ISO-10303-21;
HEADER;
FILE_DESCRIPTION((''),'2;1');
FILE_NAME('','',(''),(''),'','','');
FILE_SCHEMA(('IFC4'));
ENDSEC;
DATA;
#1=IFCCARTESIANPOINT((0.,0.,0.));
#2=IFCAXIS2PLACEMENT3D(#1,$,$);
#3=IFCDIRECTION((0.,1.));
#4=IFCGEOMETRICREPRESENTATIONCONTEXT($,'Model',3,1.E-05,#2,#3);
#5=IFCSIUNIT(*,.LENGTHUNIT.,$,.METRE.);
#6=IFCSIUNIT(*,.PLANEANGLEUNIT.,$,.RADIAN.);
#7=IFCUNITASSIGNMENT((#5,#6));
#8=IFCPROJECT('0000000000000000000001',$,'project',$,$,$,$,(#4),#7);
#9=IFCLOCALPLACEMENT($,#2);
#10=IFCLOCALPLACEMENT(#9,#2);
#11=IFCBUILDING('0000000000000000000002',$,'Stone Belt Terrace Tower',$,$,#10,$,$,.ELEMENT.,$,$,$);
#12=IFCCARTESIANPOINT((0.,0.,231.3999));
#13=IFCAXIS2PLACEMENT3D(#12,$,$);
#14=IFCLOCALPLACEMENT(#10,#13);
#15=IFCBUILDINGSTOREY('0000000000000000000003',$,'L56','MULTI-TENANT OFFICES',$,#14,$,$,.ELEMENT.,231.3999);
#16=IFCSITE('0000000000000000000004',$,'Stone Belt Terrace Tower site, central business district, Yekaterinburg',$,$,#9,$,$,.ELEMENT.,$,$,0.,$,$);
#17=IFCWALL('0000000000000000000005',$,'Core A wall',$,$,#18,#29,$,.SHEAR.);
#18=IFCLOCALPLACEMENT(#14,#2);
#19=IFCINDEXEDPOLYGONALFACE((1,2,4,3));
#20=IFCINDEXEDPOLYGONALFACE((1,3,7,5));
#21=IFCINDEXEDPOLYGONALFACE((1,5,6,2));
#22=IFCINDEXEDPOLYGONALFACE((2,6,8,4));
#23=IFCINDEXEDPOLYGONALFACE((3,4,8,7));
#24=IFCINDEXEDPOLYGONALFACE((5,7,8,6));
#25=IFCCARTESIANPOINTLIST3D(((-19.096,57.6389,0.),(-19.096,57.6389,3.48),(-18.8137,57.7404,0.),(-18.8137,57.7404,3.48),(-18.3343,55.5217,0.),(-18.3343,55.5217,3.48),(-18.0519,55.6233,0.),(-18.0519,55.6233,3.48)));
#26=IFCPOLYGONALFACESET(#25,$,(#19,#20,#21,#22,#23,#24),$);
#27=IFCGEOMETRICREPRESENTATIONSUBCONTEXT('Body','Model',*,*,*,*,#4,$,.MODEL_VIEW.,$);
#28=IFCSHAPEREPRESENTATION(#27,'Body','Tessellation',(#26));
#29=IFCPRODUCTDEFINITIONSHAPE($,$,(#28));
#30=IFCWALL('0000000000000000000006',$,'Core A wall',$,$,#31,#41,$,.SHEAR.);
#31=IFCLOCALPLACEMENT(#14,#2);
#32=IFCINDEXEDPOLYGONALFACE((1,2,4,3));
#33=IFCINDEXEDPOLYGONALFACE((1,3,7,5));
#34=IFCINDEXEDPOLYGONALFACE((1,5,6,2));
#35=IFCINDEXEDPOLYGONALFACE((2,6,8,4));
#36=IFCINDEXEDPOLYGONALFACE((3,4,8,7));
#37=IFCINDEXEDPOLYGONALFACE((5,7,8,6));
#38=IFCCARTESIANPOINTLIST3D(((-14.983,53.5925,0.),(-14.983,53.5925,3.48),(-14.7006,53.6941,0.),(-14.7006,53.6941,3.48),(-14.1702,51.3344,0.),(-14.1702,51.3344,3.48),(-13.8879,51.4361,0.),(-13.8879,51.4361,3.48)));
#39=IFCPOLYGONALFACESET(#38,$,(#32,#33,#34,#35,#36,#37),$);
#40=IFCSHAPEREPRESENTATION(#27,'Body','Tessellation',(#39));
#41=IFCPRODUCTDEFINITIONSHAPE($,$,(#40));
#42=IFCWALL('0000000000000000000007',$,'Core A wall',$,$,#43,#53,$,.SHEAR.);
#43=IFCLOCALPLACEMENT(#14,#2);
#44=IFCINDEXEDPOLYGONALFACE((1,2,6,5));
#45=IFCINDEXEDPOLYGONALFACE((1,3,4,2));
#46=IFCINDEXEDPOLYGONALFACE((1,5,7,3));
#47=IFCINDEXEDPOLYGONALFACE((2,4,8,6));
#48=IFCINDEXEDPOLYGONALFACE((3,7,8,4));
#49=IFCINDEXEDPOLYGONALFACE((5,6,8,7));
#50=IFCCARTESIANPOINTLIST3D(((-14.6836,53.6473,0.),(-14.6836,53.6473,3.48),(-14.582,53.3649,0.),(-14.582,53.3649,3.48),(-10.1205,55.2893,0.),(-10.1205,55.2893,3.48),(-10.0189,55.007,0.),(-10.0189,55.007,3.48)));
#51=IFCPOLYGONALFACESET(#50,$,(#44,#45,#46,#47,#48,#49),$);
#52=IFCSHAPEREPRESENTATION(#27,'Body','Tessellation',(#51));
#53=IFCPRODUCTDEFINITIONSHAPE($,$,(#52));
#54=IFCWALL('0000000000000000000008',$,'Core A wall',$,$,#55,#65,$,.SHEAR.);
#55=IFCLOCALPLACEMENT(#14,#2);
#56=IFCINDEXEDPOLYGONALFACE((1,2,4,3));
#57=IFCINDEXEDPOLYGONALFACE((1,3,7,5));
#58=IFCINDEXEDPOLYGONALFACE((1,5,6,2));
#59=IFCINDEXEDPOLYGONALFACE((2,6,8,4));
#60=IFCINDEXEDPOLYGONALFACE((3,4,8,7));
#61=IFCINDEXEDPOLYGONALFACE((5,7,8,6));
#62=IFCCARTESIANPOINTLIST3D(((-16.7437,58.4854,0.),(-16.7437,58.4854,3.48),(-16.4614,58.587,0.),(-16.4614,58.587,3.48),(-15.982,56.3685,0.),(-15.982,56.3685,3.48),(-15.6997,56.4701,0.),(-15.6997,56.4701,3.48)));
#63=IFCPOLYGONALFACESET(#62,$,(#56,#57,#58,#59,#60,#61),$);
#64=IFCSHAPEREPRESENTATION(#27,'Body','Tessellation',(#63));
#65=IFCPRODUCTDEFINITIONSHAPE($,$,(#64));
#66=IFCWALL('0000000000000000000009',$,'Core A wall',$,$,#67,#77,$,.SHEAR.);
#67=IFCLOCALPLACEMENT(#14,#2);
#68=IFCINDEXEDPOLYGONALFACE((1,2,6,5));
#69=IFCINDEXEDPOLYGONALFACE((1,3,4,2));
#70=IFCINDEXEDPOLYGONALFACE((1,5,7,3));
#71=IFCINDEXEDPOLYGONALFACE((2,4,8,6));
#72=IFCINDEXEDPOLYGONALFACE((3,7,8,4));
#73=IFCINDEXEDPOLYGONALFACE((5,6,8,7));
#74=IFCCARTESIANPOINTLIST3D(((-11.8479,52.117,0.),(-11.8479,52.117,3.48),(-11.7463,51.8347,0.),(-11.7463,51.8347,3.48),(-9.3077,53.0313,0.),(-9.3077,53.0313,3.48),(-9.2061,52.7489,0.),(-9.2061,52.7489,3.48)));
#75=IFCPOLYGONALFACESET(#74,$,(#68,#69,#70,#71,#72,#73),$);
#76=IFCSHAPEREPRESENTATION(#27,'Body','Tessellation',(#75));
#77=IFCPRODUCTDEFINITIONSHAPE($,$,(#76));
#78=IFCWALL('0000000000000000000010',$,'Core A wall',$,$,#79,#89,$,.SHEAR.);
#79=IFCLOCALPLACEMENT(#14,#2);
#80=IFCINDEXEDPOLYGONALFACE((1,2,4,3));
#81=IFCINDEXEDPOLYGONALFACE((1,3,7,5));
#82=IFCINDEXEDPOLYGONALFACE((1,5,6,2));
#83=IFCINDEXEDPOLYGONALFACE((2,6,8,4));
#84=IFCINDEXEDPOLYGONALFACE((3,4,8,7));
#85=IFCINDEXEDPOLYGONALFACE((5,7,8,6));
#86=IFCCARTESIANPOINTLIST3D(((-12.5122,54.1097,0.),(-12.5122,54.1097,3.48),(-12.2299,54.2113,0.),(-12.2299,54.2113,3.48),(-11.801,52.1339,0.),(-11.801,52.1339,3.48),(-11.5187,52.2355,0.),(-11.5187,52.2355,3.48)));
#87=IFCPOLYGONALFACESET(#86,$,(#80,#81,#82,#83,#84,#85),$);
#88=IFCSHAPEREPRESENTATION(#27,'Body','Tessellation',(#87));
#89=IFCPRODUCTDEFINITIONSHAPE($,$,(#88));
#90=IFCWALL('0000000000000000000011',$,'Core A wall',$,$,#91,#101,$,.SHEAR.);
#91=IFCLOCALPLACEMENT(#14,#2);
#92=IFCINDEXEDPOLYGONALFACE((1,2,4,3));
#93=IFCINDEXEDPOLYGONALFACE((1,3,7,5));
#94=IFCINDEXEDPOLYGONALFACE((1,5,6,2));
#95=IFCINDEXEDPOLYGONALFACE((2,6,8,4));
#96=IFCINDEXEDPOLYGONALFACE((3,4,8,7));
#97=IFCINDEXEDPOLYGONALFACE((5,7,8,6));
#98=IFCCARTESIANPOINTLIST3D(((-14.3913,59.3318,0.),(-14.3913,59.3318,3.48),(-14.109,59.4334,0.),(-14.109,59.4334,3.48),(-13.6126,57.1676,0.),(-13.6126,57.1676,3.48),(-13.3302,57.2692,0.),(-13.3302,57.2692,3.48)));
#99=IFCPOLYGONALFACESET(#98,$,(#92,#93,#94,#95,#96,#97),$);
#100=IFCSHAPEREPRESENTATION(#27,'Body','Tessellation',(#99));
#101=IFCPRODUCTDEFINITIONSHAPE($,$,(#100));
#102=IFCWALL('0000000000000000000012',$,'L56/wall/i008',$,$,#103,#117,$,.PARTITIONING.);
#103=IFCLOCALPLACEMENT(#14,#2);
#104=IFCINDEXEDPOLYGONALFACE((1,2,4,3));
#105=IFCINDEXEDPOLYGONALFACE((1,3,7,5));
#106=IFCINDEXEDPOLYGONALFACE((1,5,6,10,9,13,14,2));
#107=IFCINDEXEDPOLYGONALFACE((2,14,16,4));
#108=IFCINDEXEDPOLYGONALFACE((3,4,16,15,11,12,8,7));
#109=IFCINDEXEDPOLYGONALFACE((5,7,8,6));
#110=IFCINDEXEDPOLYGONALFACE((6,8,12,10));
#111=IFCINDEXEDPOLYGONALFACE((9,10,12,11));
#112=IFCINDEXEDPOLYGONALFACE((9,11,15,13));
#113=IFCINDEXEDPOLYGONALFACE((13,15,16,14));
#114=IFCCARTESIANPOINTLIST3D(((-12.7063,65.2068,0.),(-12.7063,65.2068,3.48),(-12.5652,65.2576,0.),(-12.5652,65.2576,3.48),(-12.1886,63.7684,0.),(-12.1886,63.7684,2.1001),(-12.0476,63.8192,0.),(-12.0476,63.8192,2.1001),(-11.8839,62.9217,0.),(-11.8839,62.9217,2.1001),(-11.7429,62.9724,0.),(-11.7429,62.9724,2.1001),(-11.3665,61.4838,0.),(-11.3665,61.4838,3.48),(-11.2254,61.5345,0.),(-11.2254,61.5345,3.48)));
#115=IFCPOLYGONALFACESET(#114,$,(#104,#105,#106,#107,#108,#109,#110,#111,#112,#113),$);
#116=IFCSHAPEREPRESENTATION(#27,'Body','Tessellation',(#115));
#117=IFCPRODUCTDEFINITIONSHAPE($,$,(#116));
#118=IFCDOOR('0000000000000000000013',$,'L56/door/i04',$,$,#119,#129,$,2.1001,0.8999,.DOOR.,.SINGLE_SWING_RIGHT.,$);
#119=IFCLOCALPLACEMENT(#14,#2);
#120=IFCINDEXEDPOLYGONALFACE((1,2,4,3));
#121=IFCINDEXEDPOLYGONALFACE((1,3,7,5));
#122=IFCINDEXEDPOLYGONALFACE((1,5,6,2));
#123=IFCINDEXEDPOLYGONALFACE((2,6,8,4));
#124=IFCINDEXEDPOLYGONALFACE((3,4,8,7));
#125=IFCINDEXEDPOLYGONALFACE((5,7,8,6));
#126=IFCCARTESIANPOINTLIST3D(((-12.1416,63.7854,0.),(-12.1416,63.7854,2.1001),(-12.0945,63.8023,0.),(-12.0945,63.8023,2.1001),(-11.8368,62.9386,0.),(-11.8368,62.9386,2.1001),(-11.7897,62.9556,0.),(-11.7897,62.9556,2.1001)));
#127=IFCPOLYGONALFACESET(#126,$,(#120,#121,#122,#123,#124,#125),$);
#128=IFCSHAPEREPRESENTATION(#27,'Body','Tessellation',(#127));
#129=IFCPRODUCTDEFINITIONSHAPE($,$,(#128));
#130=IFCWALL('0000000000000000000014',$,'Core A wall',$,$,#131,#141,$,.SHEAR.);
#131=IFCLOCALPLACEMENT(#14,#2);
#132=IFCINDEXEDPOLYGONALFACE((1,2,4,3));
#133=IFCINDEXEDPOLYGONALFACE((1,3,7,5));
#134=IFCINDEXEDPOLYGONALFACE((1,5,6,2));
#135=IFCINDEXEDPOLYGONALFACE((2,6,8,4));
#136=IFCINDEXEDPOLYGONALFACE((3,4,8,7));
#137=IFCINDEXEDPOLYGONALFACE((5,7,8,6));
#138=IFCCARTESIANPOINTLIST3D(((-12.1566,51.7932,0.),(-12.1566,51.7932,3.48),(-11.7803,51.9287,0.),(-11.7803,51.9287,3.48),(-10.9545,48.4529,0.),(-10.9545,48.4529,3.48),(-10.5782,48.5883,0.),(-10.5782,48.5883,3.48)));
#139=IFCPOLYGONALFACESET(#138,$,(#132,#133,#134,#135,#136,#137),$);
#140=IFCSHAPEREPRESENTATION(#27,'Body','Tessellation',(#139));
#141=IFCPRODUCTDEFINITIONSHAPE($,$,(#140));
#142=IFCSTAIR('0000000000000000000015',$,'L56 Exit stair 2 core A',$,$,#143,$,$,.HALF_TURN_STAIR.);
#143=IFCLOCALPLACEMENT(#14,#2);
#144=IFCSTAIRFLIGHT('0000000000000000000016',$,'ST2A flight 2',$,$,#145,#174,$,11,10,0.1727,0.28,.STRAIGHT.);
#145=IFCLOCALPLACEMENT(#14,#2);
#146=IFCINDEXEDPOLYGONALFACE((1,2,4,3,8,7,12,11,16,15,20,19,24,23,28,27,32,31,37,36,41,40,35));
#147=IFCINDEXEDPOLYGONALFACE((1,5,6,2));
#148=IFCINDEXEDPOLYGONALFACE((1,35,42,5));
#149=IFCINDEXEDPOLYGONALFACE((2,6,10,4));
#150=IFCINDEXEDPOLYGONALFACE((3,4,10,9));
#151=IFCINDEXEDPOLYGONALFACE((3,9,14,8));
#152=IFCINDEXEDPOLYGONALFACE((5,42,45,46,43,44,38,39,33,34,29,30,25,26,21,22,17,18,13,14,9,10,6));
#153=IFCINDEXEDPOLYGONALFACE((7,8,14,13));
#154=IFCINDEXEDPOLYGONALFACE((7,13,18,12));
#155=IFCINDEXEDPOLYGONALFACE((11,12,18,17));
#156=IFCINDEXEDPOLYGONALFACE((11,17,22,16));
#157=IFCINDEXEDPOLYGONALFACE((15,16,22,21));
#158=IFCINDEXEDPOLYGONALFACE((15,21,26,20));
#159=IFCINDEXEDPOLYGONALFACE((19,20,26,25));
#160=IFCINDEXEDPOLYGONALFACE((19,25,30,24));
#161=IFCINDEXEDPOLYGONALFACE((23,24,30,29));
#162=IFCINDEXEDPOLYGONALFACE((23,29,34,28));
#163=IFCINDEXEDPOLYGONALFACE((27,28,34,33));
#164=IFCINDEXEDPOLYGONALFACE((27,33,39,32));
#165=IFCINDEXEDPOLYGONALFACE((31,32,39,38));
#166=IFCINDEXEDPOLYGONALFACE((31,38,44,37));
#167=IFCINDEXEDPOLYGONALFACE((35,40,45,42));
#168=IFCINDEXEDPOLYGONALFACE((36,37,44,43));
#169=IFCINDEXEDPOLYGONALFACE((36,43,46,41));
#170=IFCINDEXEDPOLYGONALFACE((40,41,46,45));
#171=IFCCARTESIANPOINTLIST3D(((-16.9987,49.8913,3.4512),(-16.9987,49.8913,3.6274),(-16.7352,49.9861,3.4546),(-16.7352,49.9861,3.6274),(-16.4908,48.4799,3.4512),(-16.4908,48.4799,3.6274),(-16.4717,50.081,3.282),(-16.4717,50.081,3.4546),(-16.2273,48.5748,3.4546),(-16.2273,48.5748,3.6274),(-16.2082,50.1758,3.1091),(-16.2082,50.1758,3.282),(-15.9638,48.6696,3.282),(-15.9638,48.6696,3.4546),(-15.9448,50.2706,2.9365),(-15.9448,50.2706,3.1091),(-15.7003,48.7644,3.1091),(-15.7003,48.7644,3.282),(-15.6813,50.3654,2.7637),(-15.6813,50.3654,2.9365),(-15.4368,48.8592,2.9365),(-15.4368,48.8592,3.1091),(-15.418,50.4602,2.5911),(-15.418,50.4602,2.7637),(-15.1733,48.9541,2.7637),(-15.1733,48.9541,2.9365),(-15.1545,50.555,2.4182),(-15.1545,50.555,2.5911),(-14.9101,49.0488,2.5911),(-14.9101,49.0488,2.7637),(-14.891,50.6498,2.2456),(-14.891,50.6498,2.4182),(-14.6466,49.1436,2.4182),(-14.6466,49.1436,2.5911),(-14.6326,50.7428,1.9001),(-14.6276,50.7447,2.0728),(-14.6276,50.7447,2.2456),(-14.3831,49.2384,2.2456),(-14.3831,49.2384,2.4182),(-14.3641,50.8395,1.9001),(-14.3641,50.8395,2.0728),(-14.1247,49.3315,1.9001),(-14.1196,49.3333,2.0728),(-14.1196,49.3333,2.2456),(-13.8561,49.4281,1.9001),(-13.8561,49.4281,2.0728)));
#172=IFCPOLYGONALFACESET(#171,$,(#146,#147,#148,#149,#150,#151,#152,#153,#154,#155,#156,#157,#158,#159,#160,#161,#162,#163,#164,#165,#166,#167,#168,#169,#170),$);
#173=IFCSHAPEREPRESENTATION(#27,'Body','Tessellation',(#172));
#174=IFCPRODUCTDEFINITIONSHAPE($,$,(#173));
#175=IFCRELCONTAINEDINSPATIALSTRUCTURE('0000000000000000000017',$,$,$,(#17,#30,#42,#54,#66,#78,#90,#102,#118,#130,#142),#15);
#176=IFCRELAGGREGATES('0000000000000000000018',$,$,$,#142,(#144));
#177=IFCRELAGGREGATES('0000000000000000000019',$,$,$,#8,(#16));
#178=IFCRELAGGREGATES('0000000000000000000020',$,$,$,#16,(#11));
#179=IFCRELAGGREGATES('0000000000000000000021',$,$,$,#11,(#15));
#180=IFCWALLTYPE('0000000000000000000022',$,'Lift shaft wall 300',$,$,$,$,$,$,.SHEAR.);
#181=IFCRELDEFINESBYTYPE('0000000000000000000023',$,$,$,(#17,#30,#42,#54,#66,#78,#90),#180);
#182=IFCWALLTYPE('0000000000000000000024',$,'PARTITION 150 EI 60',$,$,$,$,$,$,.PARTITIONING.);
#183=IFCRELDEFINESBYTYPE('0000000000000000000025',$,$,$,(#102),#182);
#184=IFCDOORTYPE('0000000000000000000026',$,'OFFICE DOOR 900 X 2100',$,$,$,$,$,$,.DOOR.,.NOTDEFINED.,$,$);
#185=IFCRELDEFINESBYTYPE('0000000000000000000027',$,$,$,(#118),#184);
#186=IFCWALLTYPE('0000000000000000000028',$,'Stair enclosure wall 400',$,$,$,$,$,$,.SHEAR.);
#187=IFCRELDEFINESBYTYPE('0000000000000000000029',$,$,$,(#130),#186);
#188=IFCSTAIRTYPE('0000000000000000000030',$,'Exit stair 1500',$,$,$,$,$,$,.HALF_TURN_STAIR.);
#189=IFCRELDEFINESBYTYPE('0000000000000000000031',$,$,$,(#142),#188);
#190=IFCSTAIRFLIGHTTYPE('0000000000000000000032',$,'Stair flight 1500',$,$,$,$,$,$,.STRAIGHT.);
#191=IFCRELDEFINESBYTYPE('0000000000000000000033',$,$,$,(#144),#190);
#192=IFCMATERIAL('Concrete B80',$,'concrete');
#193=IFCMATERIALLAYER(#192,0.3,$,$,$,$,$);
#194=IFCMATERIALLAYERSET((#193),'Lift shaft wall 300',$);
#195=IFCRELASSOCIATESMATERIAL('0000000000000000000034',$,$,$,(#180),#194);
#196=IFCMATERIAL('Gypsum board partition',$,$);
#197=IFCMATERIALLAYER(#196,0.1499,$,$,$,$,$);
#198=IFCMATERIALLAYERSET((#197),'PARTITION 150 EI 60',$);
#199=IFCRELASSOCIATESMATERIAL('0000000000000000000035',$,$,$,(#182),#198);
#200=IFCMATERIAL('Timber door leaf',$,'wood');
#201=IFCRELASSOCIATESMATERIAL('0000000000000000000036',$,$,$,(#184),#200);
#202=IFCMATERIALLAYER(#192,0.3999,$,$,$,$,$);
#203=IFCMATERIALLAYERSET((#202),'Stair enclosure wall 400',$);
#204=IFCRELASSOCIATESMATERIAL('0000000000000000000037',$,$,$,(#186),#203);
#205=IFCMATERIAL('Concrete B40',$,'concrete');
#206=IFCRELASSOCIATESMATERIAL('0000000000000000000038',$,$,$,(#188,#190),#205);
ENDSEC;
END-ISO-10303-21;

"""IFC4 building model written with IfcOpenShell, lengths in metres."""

from ifc_helpers import new_model, si_unit, direction, frame, frame_2d, origin, place, context, subcontext, project, spatial, polyline, rectangle, outline, extrude, material, layer, layer_set, type_object, element, fill, aggregate, save


model = new_model("IFC4")

# Units and contexts
model_context = context("Model", 3, precision=1e-05, world=origin(), true_north=direction((0.0, 1.0)))
body_context = subcontext(model_context, "Body", "Model", "MODEL_VIEW")
ifc_project = project(units=[si_unit("LENGTHUNIT", "METRE"), si_unit("PLANEANGLEUNIT", "RADIAN")], contexts=[model_context])

# Site, building, storey
site_placement = place(None, origin())
site = spatial("IfcSite", under=ifc_project, at=site_placement, Name="Stone Belt Terrace Tower site, central business district, Yekaterinburg", CompositionType="ELEMENT", RefElevation=0.0)
building_placement = place(site_placement, origin())
building = spatial("IfcBuilding", under=site, at=building_placement, Name="Stone Belt Terrace Tower", CompositionType="ELEMENT")
storey_placement = place(building_placement, frame((0.0, 0.0, 231.3999)))
storey = spatial("IfcBuildingStorey", under=building, at=storey_placement, Name="L56", Description="MULTI-TENANT OFFICES", CompositionType="ELEMENT", Elevation=231.3999)

# Shared definitions
ifc_material_1 = material(Name="Timber door leaf", Category="wood")

# Walls
ifc_material_2 = material(Name="Concrete B80", Category="concrete")
ifc_layer_1 = layer(ifc_material_2, 0.3)
ifc_layer_set_1 = layer_set([ifc_layer_1], Name="Lift shaft wall 300")
wall_type_1 = type_object("IfcWallType", Name="Lift shaft wall 300", PredefinedType="SHEAR", material=ifc_layer_set_1)
wall_1_placement = place(storey_placement, frame((-18.1931, 55.5725, 0.0), z_axis=(0.0, 0.0, 1.0), x_axis=(-0.338535, 0.940954, 0.0)))
element("IfcWall", 1, at=wall_1_placement, inside=storey, type_object=wall_type_1, Name="Core A wall", PredefinedType="SHEAR", context=body_context, shape_type="SweptSolid", body=[
    extrude(rectangle(XDim=2.25, YDim=0.3, at=frame_2d((1.125, 0.0))), origin(), (0.0, 0.0, 1.0), 3.48),
])
wall_2_placement = place(storey_placement, frame((-14.0291, 51.3853, 0.0), z_axis=(0.0, 0.0, 1.0), x_axis=(-0.338662, 0.940908, 0.0)))
element("IfcWall", 2, at=wall_2_placement, inside=storey, type_object=wall_type_1, Name="Core A wall", PredefinedType="SHEAR", context=body_context, shape_type="SweptSolid", body=[
    extrude(rectangle(XDim=2.3999, YDim=0.3, at=frame_2d((1.2, 0.0))), origin(), (0.0, 0.0, 1.0), 3.48),
])
wall_3_placement = place(storey_placement, frame((-14.6328, 53.5061, 0.0), z_axis=(0.0, 0.0, 1.0), x_axis=(0.940932, 0.338596, 0.0)))
element("IfcWall", 3, at=wall_3_placement, inside=storey, type_object=wall_type_1, Name="Core A wall", PredefinedType="SHEAR", context=body_context, shape_type="SweptSolid", body=[
    extrude(rectangle(XDim=4.8496, YDim=0.3, at=frame_2d((2.4248, 0.0))), origin(), (0.0, 0.0, 1.0), 3.48),
])
wall_4_placement = place(storey_placement, frame((-15.8408, 56.4192, 0.0), z_axis=(0.0, 0.0, 1.0), x_axis=(-0.33857, 0.940941, 0.0)))
element("IfcWall", 4, at=wall_4_placement, inside=storey, type_object=wall_type_1, Name="Core A wall", PredefinedType="SHEAR", context=body_context, shape_type="SweptSolid", body=[
    extrude(rectangle(XDim=2.2498, YDim=0.3, at=frame_2d((1.125, 0.0))), origin(), (0.0, 0.0, 1.0), 3.48),
])
wall_5_placement = place(storey_placement, frame((-11.7971, 51.9758, 0.0), z_axis=(0.0, 0.0, 1.0), x_axis=(0.94091, 0.338655, 0.0)))
element("IfcWall", 5, at=wall_5_placement, inside=storey, type_object=wall_type_1, Name="Core A wall", PredefinedType="SHEAR", context=body_context, shape_type="SweptSolid", body=[
    extrude(rectangle(XDim=2.6997, YDim=0.3, at=frame_2d((1.3499, 0.0))), origin(), (0.0, 0.0, 1.0), 3.48),
])
wall_6_placement = place(storey_placement, frame((-11.6599, 52.1848, 0.0), z_axis=(0.0, 0.0, 1.0), x_axis=(-0.33867, 0.940905, 0.0)))
element("IfcWall", 6, at=wall_6_placement, inside=storey, type_object=wall_type_1, Name="Core A wall", PredefinedType="SHEAR", context=body_context, shape_type="SweptSolid", body=[
    extrude(rectangle(XDim=2.0999, YDim=0.3, at=frame_2d((1.0498, 0.0))), origin(), (0.0, 0.0, 1.0), 3.48),
])
wall_7_placement = place(storey_placement, frame((-13.4714, 57.2185, 0.0), z_axis=(0.0, 0.0, 1.0), x_axis=(-0.338588, 0.940935, 0.0)))
element("IfcWall", 7, at=wall_7_placement, inside=storey, type_object=wall_type_1, Name="Core A wall", PredefinedType="SHEAR", context=body_context, shape_type="SweptSolid", body=[
    extrude(rectangle(XDim=2.3, YDim=0.3, at=frame_2d((1.1499, 0.0))), origin(), (0.0, 0.0, 1.0), 3.48),
])

# Wall, opening, door
ifc_material_3 = material(Name="Gypsum board partition")
ifc_layer_2 = layer(ifc_material_3, 0.1499)
ifc_layer_set_2 = layer_set([ifc_layer_2], Name="PARTITION 150 EI 60")
wall_type_2 = type_object("IfcWallType", Name="PARTITION 150 EI 60", PredefinedType="PARTITIONING", material=ifc_layer_set_2)
wall_8_placement = place(storey_placement, frame((-11.2959, 61.509, 0.0), z_axis=(0.0, 0.0, 1.0), x_axis=(-0.33861, 0.940927, 0.0)))
wall_8 = element("IfcWall", 8, at=wall_8_placement, inside=storey, type_object=wall_type_2, Name="L56/wall/i008", PredefinedType="PARTITIONING", context=body_context, shape_type="SweptSolid", body=[
    extrude(rectangle(XDim=3.9568, YDim=0.1499, at=frame_2d((1.9785, 0.0))), origin(), (0.0, 0.0, 1.0), 3.48),
])
opening_1_placement = place(wall_8_placement, frame((1.5283, 0.0, 0.0)))
opening_1 = element("IfcOpeningElement", 9, at=opening_1_placement, cuts=wall_8, PredefinedType="OPENING", context=body_context, shape_type="SweptSolid", body=[
    extrude(rectangle(XDim=0.8999, YDim=2.1001, at=frame_2d((0.45, 1.05))), frame((0.0, 0.085, 0.0), z_axis=(0.0, -1.0, 0.0), x_axis=(1.0, 0.0, 0.0)), (0.0, 0.0, 1.0), 0.1699),
])
door_type_1 = type_object("IfcDoorType", Name="OFFICE DOOR 900 X 2100", OperationType="NOTDEFINED", PredefinedType="DOOR", material=ifc_material_1)
door_1_placement = place(opening_1_placement, origin())
door_1 = element("IfcDoor", 10, at=door_1_placement, inside=storey, type_object=door_type_1, Name="L56/door/i04", OperationType="SINGLE_SWING_RIGHT", OverallHeight=2.1001, OverallWidth=0.8999, PredefinedType="DOOR", context=body_context, shape_type="SweptSolid", body=[
    extrude(rectangle(XDim=0.8999, YDim=2.1001, at=frame_2d((0.45, 1.05))), frame((0.0, 0.0249, 0.0), z_axis=(0.0, -1.0, 0.0), x_axis=(1.0, 0.0, 0.0)), (0.0, 0.0, 1.0), 0.05),
])
fill(opening_1, door_1)

# Wall
ifc_layer_3 = layer(ifc_material_2, 0.3999)
ifc_layer_set_3 = layer_set([ifc_layer_3], Name="Stair enclosure wall 400")
wall_type_3 = type_object("IfcWallType", Name="Stair enclosure wall 400", PredefinedType="SHEAR", material=ifc_layer_set_3)
wall_9_placement = place(storey_placement, frame((-10.7664, 48.5208, 0.0), z_axis=(0.0, 0.0, 1.0), x_axis=(-0.338627, 0.940921, 0.0)))
element("IfcWall", 11, at=wall_9_placement, inside=storey, type_object=wall_type_3, Name="Core A wall", PredefinedType="SHEAR", context=body_context, shape_type="SweptSolid", body=[
    extrude(rectangle(XDim=3.55, YDim=0.3999, at=frame_2d((1.7749, 0.0))), origin(), (0.0, 0.0, 1.0), 3.48),
])

# Stair, stair flight
ifc_material_4 = material(Name="Concrete B40", Category="concrete")
stair_type = type_object("IfcStairType", Name="Exit stair 1500", PredefinedType="HALF_TURN_STAIR", material=ifc_material_4)
stair_placement = place(storey_placement, origin())
stair = element("IfcStair", 12, at=stair_placement, inside=storey, type_object=stair_type, Name="L56 Exit stair 2 core A", PredefinedType="HALF_TURN_STAIR")
stair_flight_type = type_object("IfcStairFlightType", Name="Stair flight 1500", PredefinedType="STRAIGHT", material=ifc_material_4)
stair_flight_placement = place(storey_placement, frame((-14.1101, 50.1338, 1.9001), z_axis=(0.0, 0.0, 1.0), x_axis=(-0.940922, -0.338624, 0.0)))
stair_flight = element("IfcStairFlight", 13, at=stair_flight_placement, type_object=stair_flight_type, Name="ST2A flight 2", NumberOfRisers=11, NumberOfTreads=10, PredefinedType="STRAIGHT", RiserHeight=0.1727, TreadLength=0.28, context=body_context, shape_type="SweptSolid", body=[
    extrude(outline(polyline([(0.0, 0.0), (0.0, 0.1726), (0.28, 0.1726), (0.28, 0.3455), (0.5601, 0.3455), (0.5601, 0.5181), (0.8401, 0.5181), (0.8401, 0.6909), (1.1201, 0.6909), (1.1201, 0.8635), (1.3999, 0.8635), (1.3999, 1.0364), (1.6799, 1.0364), (1.6799, 1.209), (1.96, 1.209), (1.96, 1.3818), (2.24, 1.3818), (2.24, 1.5544), (2.52, 1.5544), (2.52, 1.7273), (2.8, 1.7273), (2.8, 1.8999), (2.8, 1.551), (0.2854, 0.0), (0.0, 0.0)])), frame((0.0, 0.75, 0.0), z_axis=(0.0, -1.0, 0.0), x_axis=(1.0, 0.0, 0.0)), (0.0, 0.0, 1.0), 1.5),
])
aggregate(stair, [stair_flight])

save(model, "model.ifc")
